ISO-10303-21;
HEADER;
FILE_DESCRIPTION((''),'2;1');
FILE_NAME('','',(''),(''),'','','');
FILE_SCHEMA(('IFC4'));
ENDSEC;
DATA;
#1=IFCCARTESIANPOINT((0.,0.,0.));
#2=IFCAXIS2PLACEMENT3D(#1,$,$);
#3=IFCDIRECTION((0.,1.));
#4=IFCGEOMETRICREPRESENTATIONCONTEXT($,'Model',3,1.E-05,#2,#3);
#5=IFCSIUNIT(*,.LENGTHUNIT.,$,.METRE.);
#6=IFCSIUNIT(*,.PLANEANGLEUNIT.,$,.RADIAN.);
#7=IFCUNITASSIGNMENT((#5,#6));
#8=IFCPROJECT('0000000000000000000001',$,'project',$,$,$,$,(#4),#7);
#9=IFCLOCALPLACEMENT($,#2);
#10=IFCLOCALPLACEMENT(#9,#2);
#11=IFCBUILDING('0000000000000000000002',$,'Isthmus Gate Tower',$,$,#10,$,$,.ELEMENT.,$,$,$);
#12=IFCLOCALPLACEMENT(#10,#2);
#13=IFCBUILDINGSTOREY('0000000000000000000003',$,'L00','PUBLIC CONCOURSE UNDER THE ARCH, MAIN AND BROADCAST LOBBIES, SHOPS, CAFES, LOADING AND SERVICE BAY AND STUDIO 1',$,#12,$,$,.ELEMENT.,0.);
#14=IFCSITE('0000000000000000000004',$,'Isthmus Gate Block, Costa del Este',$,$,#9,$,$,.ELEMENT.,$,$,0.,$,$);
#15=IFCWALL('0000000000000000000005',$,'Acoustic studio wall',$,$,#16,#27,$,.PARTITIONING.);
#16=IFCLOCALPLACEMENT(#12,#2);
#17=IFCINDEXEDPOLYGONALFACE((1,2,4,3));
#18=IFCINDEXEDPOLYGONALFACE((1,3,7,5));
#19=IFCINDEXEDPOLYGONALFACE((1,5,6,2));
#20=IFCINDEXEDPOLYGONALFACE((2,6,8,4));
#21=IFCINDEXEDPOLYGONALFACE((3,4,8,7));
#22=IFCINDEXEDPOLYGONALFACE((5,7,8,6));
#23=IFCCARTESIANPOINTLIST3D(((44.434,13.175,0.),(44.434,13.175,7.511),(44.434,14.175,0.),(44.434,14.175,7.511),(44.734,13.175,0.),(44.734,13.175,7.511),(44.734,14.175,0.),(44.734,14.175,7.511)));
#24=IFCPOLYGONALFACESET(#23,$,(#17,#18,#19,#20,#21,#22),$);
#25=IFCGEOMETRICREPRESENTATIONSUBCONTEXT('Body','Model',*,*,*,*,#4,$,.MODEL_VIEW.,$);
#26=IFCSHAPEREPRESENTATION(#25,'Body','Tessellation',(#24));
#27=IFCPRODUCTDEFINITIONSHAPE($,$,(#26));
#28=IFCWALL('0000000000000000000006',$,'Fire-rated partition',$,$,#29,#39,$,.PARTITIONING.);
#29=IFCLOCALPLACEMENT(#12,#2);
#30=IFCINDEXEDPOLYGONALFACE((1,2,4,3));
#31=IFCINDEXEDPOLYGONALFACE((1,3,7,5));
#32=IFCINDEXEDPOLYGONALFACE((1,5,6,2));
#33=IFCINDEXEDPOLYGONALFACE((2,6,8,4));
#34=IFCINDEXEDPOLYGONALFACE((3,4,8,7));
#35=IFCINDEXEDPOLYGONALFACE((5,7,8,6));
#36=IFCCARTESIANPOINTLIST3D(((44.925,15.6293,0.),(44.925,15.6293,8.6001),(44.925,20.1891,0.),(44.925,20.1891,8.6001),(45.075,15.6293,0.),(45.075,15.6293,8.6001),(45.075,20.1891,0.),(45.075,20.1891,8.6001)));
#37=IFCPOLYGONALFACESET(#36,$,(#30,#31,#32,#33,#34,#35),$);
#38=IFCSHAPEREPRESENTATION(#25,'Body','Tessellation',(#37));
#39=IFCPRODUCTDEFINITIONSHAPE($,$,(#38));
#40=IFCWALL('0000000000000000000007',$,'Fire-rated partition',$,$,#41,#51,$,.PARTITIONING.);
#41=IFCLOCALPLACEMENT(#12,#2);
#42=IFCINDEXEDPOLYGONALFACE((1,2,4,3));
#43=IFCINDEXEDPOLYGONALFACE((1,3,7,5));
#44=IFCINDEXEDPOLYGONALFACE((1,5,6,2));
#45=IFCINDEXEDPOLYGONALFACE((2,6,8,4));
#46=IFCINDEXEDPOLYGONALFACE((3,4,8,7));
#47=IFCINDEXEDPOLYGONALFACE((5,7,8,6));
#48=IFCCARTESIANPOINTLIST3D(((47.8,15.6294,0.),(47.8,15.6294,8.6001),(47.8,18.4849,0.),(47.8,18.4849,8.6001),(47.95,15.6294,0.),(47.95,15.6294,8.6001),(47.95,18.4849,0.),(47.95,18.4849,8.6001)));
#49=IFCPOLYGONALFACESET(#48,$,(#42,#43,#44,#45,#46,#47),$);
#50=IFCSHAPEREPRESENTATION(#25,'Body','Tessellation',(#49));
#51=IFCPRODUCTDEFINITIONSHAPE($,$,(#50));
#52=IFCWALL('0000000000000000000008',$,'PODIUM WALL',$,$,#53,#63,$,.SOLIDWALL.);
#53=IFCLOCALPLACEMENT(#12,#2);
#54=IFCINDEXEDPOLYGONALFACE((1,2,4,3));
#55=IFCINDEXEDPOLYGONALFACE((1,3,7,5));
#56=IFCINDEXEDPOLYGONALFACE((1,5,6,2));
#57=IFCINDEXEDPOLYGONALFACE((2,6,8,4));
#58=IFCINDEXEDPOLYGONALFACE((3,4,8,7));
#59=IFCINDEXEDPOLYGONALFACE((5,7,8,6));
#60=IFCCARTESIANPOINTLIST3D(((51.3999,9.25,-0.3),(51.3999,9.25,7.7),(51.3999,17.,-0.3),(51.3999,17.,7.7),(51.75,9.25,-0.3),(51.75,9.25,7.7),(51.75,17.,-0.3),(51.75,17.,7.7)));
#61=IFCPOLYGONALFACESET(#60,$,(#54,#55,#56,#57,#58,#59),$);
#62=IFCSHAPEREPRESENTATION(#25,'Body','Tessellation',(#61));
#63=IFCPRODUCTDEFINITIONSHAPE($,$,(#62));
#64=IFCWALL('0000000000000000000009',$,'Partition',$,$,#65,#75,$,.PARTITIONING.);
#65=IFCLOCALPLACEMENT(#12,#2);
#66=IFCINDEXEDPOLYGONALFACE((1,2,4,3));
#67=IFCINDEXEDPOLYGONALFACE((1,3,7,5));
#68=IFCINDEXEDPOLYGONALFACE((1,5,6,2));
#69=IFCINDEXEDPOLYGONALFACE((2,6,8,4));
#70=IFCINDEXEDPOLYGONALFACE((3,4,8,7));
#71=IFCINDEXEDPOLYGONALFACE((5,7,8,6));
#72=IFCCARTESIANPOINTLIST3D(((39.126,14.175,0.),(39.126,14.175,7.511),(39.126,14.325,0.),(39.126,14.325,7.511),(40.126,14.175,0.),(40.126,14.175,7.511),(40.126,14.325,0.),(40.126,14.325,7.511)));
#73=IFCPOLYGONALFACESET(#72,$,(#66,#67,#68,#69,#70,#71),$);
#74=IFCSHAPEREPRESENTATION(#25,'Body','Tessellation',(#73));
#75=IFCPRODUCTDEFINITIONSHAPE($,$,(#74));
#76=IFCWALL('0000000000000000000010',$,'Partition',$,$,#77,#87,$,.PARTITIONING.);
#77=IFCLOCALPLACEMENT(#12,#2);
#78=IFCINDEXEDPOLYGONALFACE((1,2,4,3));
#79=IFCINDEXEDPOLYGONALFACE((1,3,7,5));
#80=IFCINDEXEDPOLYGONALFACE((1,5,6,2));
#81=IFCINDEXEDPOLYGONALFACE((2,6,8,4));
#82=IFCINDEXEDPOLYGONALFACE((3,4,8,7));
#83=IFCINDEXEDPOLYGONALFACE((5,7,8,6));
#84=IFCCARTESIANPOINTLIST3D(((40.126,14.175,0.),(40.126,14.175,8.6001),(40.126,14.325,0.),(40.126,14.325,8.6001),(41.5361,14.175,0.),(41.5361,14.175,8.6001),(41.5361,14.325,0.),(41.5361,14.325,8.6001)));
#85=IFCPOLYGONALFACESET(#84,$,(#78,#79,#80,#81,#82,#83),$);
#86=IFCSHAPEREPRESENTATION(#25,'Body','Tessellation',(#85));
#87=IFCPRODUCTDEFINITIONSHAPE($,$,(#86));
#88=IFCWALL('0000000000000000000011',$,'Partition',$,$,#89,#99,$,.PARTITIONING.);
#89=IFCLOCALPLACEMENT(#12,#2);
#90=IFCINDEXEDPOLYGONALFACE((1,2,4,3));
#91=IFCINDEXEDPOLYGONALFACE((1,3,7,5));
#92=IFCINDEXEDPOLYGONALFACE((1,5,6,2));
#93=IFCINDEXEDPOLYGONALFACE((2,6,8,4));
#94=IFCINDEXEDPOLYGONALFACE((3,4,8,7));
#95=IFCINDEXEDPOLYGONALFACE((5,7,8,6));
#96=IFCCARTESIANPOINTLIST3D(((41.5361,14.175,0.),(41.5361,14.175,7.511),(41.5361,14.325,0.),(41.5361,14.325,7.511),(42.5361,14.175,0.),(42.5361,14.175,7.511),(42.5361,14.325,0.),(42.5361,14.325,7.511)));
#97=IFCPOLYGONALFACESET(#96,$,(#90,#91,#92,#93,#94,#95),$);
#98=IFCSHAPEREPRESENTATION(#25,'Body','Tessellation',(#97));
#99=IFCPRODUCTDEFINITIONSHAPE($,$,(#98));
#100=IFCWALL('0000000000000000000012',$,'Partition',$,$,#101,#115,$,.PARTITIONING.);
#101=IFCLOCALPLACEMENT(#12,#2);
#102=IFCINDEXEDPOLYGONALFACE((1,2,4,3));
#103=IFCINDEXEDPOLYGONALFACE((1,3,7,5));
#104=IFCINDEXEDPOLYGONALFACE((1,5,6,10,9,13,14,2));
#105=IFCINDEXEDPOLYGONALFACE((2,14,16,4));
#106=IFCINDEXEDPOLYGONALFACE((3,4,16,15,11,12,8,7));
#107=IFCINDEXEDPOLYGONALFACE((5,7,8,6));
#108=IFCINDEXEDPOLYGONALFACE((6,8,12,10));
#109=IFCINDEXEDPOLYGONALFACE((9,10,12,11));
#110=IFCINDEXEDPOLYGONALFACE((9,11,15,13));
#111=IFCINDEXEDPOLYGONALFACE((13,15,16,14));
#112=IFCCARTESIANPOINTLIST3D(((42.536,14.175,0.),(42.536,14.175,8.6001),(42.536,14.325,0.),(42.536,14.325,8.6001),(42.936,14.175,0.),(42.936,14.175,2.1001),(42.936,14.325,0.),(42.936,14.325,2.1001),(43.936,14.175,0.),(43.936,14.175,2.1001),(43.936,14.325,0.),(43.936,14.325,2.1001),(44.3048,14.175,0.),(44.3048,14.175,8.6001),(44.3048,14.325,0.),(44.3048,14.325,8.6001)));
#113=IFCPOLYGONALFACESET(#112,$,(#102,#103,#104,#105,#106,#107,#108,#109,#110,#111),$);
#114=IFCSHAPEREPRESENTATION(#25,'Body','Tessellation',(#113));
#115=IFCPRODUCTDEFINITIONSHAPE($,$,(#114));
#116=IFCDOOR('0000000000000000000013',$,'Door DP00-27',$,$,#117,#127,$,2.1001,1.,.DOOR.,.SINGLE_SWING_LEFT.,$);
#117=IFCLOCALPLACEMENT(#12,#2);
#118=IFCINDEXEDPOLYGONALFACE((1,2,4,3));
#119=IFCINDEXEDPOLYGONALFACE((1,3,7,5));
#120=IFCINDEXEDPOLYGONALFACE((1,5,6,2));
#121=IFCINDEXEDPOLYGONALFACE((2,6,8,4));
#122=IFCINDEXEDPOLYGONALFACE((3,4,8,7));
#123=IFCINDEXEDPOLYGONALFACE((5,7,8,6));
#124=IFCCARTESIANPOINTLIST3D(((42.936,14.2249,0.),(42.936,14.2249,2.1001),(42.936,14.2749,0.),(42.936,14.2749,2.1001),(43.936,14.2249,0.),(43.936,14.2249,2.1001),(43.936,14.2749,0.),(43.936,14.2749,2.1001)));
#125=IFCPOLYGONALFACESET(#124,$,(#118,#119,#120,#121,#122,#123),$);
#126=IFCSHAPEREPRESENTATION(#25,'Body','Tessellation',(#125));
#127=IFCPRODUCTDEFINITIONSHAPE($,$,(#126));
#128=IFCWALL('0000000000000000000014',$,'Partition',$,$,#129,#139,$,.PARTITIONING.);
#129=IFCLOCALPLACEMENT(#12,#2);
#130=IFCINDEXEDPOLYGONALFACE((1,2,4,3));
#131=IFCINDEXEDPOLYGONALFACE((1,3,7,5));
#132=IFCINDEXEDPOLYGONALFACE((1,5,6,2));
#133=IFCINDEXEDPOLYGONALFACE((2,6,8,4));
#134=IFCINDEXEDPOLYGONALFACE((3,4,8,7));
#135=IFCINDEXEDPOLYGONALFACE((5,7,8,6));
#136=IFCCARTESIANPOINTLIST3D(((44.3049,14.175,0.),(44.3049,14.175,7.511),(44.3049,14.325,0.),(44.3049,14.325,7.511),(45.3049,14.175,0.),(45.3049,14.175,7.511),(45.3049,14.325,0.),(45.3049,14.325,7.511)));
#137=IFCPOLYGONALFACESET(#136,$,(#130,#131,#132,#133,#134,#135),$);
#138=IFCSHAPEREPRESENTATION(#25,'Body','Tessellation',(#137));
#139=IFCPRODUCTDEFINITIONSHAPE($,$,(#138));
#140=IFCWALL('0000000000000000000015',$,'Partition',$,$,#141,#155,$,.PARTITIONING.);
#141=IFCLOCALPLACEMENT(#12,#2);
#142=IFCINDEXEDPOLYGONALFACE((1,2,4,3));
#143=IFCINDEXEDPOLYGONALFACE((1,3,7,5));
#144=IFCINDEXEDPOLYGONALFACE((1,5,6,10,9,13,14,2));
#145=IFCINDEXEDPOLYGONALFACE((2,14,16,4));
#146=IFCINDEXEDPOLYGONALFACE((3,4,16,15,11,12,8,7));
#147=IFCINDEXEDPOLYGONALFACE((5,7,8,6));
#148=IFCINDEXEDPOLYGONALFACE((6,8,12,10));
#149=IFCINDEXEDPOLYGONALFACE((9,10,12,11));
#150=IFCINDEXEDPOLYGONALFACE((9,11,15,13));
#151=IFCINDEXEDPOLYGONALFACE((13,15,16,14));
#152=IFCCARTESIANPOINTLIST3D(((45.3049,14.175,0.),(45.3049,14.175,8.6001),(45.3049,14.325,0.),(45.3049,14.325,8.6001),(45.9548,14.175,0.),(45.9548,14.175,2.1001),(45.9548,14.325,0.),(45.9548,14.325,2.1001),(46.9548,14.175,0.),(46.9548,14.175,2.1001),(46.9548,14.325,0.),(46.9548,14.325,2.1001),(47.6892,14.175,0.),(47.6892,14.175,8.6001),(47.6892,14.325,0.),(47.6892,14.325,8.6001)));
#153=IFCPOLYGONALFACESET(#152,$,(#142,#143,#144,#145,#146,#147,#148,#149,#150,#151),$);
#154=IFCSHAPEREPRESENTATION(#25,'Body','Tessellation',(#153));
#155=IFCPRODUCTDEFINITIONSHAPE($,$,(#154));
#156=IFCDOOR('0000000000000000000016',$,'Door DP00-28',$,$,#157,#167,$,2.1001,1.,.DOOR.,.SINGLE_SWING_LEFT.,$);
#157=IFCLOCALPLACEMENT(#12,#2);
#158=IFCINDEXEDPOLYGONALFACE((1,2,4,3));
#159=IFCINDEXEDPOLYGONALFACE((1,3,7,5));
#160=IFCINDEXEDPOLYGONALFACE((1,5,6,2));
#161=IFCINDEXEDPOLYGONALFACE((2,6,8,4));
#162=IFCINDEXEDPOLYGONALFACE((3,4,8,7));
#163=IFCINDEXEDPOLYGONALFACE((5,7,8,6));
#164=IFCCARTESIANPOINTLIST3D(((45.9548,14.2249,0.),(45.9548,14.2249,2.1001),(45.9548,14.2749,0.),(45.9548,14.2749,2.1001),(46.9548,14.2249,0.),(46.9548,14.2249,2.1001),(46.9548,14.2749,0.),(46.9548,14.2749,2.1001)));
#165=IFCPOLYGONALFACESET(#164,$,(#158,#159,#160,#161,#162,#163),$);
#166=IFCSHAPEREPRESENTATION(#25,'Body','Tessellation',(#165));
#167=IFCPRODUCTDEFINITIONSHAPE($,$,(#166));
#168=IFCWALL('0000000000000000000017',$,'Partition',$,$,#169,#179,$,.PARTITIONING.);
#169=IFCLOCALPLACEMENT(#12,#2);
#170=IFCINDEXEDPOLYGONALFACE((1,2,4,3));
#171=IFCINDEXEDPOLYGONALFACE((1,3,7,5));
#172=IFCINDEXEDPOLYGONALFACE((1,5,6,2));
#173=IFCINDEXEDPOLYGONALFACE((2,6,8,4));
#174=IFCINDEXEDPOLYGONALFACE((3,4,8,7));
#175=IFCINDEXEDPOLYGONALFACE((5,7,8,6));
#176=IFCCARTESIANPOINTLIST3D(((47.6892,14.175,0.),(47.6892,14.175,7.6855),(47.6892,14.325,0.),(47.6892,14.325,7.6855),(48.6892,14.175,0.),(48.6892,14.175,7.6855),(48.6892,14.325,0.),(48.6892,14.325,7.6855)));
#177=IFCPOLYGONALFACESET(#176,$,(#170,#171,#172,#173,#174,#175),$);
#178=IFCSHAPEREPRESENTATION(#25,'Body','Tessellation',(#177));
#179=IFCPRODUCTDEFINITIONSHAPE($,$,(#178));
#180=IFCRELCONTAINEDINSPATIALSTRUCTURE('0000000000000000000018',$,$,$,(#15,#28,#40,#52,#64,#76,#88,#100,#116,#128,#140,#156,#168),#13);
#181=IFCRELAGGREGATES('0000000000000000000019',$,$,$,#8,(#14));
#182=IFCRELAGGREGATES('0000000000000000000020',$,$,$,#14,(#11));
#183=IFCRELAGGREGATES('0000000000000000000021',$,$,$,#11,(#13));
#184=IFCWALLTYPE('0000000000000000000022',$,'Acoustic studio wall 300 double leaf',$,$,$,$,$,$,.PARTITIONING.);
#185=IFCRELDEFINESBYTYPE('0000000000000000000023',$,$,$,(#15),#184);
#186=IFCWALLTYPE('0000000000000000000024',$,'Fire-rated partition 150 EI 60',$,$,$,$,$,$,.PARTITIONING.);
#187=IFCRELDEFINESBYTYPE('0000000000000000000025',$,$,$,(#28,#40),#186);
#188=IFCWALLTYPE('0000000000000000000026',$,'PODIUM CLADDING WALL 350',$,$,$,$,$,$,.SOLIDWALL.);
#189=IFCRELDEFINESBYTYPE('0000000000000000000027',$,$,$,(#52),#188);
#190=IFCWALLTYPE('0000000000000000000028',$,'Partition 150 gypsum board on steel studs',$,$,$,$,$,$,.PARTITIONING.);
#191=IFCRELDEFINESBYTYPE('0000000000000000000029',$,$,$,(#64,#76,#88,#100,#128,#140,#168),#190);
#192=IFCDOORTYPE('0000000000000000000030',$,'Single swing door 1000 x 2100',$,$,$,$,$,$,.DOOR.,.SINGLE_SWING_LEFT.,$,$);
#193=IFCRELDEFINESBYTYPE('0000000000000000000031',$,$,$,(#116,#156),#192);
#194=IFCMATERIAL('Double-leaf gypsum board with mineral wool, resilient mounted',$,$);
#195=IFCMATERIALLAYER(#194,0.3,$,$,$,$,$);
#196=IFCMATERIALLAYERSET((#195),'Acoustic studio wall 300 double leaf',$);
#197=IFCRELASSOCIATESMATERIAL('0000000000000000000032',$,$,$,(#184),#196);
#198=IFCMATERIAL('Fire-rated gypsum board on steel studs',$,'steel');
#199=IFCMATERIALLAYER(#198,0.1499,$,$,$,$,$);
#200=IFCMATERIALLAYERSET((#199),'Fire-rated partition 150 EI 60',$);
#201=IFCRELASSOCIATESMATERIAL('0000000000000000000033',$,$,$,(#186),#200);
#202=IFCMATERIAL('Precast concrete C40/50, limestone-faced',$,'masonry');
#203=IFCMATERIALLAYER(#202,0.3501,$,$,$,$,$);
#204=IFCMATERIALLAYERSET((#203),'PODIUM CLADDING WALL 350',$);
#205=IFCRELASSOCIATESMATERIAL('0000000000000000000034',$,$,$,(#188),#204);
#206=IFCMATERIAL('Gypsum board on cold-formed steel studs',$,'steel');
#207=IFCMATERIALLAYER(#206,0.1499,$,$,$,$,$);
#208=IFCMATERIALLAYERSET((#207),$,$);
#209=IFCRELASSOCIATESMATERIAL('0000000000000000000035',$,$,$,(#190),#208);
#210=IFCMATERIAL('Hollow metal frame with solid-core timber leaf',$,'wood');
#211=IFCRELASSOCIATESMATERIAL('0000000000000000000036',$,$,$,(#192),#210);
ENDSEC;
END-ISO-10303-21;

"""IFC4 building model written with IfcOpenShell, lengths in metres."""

from ifc_helpers import new_model, si_unit, direction, frame, frame_2d, origin, place, context, subcontext, project, spatial, rectangle, extrude, material, layer, layer_set, type_object, element, fill, save


model = new_model("IFC4")

# Units and contexts
model_context = context("Model", 3, precision=1e-05, world=origin(), true_north=direction((0.0, 1.0)))
body_context = subcontext(model_context, "Body", "Model", "MODEL_VIEW")
ifc_project = project(units=[si_unit("LENGTHUNIT", "METRE"), si_unit("PLANEANGLEUNIT", "RADIAN")], contexts=[model_context])

# Site, building, storey
site_placement = place(None, origin())
site = spatial("IfcSite", under=ifc_project, at=site_placement, Name="Isthmus Gate Block, Costa del Este", CompositionType="ELEMENT", RefElevation=0.0)
building_placement = place(site_placement, origin())
building = spatial("IfcBuilding", under=site, at=building_placement, Name="Isthmus Gate Tower", CompositionType="ELEMENT")
storey_placement = place(building_placement, origin())
storey = spatial("IfcBuildingStorey", under=building, at=storey_placement, Name="L00", Description="PUBLIC CONCOURSE UNDER THE ARCH, MAIN AND BROADCAST LOBBIES, SHOPS, CAFES, LOADING AND SERVICE BAY AND STUDIO 1", CompositionType="ELEMENT", Elevation=0.0)

# Walls
ifc_material_1 = material(Name="Double-leaf gypsum board with mineral wool, resilient mounted")
ifc_layer_1 = layer(ifc_material_1, 0.3)
ifc_layer_set_1 = layer_set([ifc_layer_1], Name="Acoustic studio wall 300 double leaf")
wall_type_1 = type_object("IfcWallType", Name="Acoustic studio wall 300 double leaf", PredefinedType="PARTITIONING", material=ifc_layer_set_1)
wall_1_placement = place(storey_placement, frame((44.584, 13.175, 0.0), z_axis=(0.0, 0.0, 1.0), x_axis=(0.0, 1.0, 0.0)))
element("IfcWall", 1, at=wall_1_placement, inside=storey, type_object=wall_type_1, Name="Acoustic studio wall", PredefinedType="PARTITIONING", context=body_context, shape_type="SweptSolid", body=[
    extrude(rectangle(XDim=1.0, YDim=0.3, at=frame_2d((0.5, 0.0))), origin(), (0.0, 0.0, 1.0), 7.511),
])
ifc_material_2 = material(Name="Fire-rated gypsum board on steel studs", Category="steel")
ifc_layer_2 = layer(ifc_material_2, 0.1499)
ifc_layer_set_2 = layer_set([ifc_layer_2], Name="Fire-rated partition 150 EI 60")
wall_type_2 = type_object("IfcWallType", Name="Fire-rated partition 150 EI 60", PredefinedType="PARTITIONING", material=ifc_layer_set_2)
wall_2_placement = place(storey_placement, frame((45.0, 15.6294, 0.0), z_axis=(0.0, 0.0, 1.0), x_axis=(0.0, 1.0, 0.0)))
element("IfcWall", 2, at=wall_2_placement, inside=storey, type_object=wall_type_2, Name="Fire-rated partition", PredefinedType="PARTITIONING", context=body_context, shape_type="SweptSolid", body=[
    extrude(rectangle(XDim=4.5598, YDim=0.1499, at=frame_2d((2.2798, 0.0))), origin(), (0.0, 0.0, 1.0), 8.6001),
])
wall_3_placement = place(storey_placement, frame((47.875, 15.6294, 0.0), z_axis=(0.0, 0.0, 1.0), x_axis=(0.0, 1.0, 0.0)))
element("IfcWall", 3, at=wall_3_placement, inside=storey, type_object=wall_type_2, Name="Fire-rated partition", PredefinedType="PARTITIONING", context=body_context, shape_type="SweptSolid", body=[
    extrude(rectangle(XDim=2.8555, YDim=0.1499, at=frame_2d((1.4277, 0.0))), origin(), (0.0, 0.0, 1.0), 8.6001),
])
ifc_material_3 = material(Name="Precast concrete C40/50, limestone-faced", Category="masonry")
ifc_layer_3 = layer(ifc_material_3, 0.3501)
ifc_layer_set_3 = layer_set([ifc_layer_3], Name="PODIUM CLADDING WALL 350")
wall_type_3 = type_object("IfcWallType", Name="PODIUM CLADDING WALL 350", PredefinedType="SOLIDWALL", material=ifc_layer_set_3)
wall_4_placement = place(storey_placement, frame((51.575, 9.25, -0.3), z_axis=(0.0, 0.0, 1.0), x_axis=(0.0, 1.0, 0.0)))
element("IfcWall", 4, at=wall_4_placement, inside=storey, type_object=wall_type_3, Name="PODIUM WALL", PredefinedType="SOLIDWALL", context=body_context, shape_type="SweptSolid", body=[
    extrude(rectangle(XDim=7.75, YDim=0.3501, at=frame_2d((3.875, 0.0))), origin(), (0.0, 0.0, 1.0), 8.0),
])
ifc_material_4 = material(Name="Gypsum board on cold-formed steel studs", Category="steel")
ifc_layer_4 = layer(ifc_material_4, 0.1499)
ifc_layer_set_4 = layer_set([ifc_layer_4])
wall_type_4 = type_object("IfcWallType", Name="Partition 150 gypsum board on steel studs", PredefinedType="PARTITIONING", material=ifc_layer_set_4)
wall_5_placement = place(storey_placement, frame((39.126, 14.25, 0.0), z_axis=(0.0, 0.0, 1.0), x_axis=(1.0, 0.0, 0.0)))
element("IfcWall", 5, at=wall_5_placement, inside=storey, type_object=wall_type_4, Name="Partition", PredefinedType="PARTITIONING", context=body_context, shape_type="SweptSolid", body=[
    extrude(rectangle(XDim=1.0, YDim=0.1499, at=frame_2d((0.5, 0.0))), origin(), (0.0, 0.0, 1.0), 7.511),
])
wall_6_placement = place(storey_placement, frame((40.126, 14.25, 0.0), z_axis=(0.0, 0.0, 1.0), x_axis=(1.0, 0.0, 0.0)))
element("IfcWall", 6, at=wall_6_placement, inside=storey, type_object=wall_type_4, Name="Partition", PredefinedType="PARTITIONING", context=body_context, shape_type="SweptSolid", body=[
    extrude(rectangle(XDim=1.4102, YDim=0.1499, at=frame_2d((0.7051, 0.0))), origin(), (0.0, 0.0, 1.0), 8.6001),
])
wall_7_placement = place(storey_placement, frame((41.5361, 14.25, 0.0), z_axis=(0.0, 0.0, 1.0), x_axis=(1.0, 0.0, 0.0)))
element("IfcWall", 7, at=wall_7_placement, inside=storey, type_object=wall_type_4, Name="Partition", PredefinedType="PARTITIONING", context=body_context, shape_type="SweptSolid", body=[
    extrude(rectangle(XDim=1.0, YDim=0.1499, at=frame_2d((0.5, 0.0))), origin(), (0.0, 0.0, 1.0), 7.511),
])

# Wall, opening, door
wall_8_placement = place(storey_placement, frame((42.5361, 14.25, 0.0), z_axis=(0.0, 0.0, 1.0), x_axis=(1.0, 0.0, 0.0)))
wall_8 = element("IfcWall", 8, at=wall_8_placement, inside=storey, type_object=wall_type_4, Name="Partition", PredefinedType="PARTITIONING", context=body_context, shape_type="SweptSolid", body=[
    extrude(rectangle(XDim=1.7688, YDim=0.1499, at=frame_2d((0.8843, 0.0))), origin(), (0.0, 0.0, 1.0), 8.6001),
])
opening_1_placement = place(wall_8_placement, frame((0.3999, 0.0, 0.0)))
opening_1 = element("IfcOpeningElement", 9, at=opening_1_placement, cuts=wall_8, PredefinedType="OPENING", context=body_context, shape_type="SweptSolid", body=[
    extrude(rectangle(XDim=1.0, YDim=2.1001, at=frame_2d((0.5, 1.05))), frame((0.0, 0.085, 0.0), z_axis=(0.0, -1.0, 0.0), x_axis=(1.0, 0.0, 0.0)), (0.0, 0.0, 1.0), 0.1699),
])
ifc_material_5 = material(Name="Hollow metal frame with solid-core timber leaf", Category="wood")
door_type = type_object("IfcDoorType", Name="Single swing door 1000 x 2100", OperationType="SINGLE_SWING_LEFT", PredefinedType="DOOR", material=ifc_material_5)
door_1_placement = place(opening_1_placement, origin())
door_1 = element("IfcDoor", 10, at=door_1_placement, inside=storey, type_object=door_type, Name="Door DP00-27", OperationType="SINGLE_SWING_LEFT", OverallHeight=2.1001, OverallWidth=1.0, PredefinedType="DOOR", context=body_context, shape_type="SweptSolid", body=[
    extrude(rectangle(XDim=1.0, YDim=2.1001, at=frame_2d((0.5, 1.05))), frame((0.0, 0.0249, 0.0), z_axis=(0.0, -1.0, 0.0), x_axis=(1.0, 0.0, 0.0)), (0.0, 0.0, 1.0), 0.05),
])
fill(opening_1, door_1)

# Wall
wall_9_placement = place(storey_placement, frame((44.3049, 14.25, 0.0), z_axis=(0.0, 0.0, 1.0), x_axis=(1.0, 0.0, 0.0)))
element("IfcWall", 11, at=wall_9_placement, inside=storey, type_object=wall_type_4, Name="Partition", PredefinedType="PARTITIONING", context=body_context, shape_type="SweptSolid", body=[
    extrude(rectangle(XDim=1.0, YDim=0.1499, at=frame_2d((0.5, 0.0))), origin(), (0.0, 0.0, 1.0), 7.511),
])

# Wall, opening, door
wall_10_placement = place(storey_placement, frame((45.3049, 14.25, 0.0), z_axis=(0.0, 0.0, 1.0), x_axis=(1.0, 0.0, 0.0)))
wall_10 = element("IfcWall", 12, at=wall_10_placement, inside=storey, type_object=wall_type_4, Name="Partition", PredefinedType="PARTITIONING", context=body_context, shape_type="SweptSolid", body=[
    extrude(rectangle(XDim=2.3843, YDim=0.1499, at=frame_2d((1.1921, 0.0))), origin(), (0.0, 0.0, 1.0), 8.6001),
])
opening_2_placement = place(wall_10_placement, frame((0.6499, 0.0, 0.0)))
opening_2 = element("IfcOpeningElement", 13, at=opening_2_placement, cuts=wall_10, PredefinedType="OPENING", context=body_context, shape_type="SweptSolid", body=[
    extrude(rectangle(XDim=1.0, YDim=2.1001, at=frame_2d((0.5, 1.05))), frame((0.0, 0.085, 0.0), z_axis=(0.0, -1.0, 0.0), x_axis=(1.0, 0.0, 0.0)), (0.0, 0.0, 1.0), 0.1699),
])
door_2_placement = place(opening_2_placement, origin())
door_2 = element("IfcDoor", 14, at=door_2_placement, inside=storey, type_object=door_type, Name="Door DP00-28", OperationType="SINGLE_SWING_LEFT", OverallHeight=2.1001, OverallWidth=1.0, PredefinedType="DOOR", context=body_context, shape_type="SweptSolid", body=[
    extrude(rectangle(XDim=1.0, YDim=2.1001, at=frame_2d((0.5, 1.05))), frame((0.0, 0.0249, 0.0), z_axis=(0.0, -1.0, 0.0), x_axis=(1.0, 0.0, 0.0)), (0.0, 0.0, 1.0), 0.05),
])
fill(opening_2, door_2)

# Wall
wall_11_placement = place(storey_placement, frame((47.6892, 14.25, 0.0), z_axis=(0.0, 0.0, 1.0), x_axis=(1.0, 0.0, 0.0)))
element("IfcWall", 15, at=wall_11_placement, inside=storey, type_object=wall_type_4, Name="Partition", PredefinedType="PARTITIONING", context=body_context, shape_type="SweptSolid", body=[
    extrude(rectangle(XDim=1.0, YDim=0.1499, at=frame_2d((0.5, 0.0))), origin(), (0.0, 0.0, 1.0), 7.6855),
])

save(model, "model.ifc")
